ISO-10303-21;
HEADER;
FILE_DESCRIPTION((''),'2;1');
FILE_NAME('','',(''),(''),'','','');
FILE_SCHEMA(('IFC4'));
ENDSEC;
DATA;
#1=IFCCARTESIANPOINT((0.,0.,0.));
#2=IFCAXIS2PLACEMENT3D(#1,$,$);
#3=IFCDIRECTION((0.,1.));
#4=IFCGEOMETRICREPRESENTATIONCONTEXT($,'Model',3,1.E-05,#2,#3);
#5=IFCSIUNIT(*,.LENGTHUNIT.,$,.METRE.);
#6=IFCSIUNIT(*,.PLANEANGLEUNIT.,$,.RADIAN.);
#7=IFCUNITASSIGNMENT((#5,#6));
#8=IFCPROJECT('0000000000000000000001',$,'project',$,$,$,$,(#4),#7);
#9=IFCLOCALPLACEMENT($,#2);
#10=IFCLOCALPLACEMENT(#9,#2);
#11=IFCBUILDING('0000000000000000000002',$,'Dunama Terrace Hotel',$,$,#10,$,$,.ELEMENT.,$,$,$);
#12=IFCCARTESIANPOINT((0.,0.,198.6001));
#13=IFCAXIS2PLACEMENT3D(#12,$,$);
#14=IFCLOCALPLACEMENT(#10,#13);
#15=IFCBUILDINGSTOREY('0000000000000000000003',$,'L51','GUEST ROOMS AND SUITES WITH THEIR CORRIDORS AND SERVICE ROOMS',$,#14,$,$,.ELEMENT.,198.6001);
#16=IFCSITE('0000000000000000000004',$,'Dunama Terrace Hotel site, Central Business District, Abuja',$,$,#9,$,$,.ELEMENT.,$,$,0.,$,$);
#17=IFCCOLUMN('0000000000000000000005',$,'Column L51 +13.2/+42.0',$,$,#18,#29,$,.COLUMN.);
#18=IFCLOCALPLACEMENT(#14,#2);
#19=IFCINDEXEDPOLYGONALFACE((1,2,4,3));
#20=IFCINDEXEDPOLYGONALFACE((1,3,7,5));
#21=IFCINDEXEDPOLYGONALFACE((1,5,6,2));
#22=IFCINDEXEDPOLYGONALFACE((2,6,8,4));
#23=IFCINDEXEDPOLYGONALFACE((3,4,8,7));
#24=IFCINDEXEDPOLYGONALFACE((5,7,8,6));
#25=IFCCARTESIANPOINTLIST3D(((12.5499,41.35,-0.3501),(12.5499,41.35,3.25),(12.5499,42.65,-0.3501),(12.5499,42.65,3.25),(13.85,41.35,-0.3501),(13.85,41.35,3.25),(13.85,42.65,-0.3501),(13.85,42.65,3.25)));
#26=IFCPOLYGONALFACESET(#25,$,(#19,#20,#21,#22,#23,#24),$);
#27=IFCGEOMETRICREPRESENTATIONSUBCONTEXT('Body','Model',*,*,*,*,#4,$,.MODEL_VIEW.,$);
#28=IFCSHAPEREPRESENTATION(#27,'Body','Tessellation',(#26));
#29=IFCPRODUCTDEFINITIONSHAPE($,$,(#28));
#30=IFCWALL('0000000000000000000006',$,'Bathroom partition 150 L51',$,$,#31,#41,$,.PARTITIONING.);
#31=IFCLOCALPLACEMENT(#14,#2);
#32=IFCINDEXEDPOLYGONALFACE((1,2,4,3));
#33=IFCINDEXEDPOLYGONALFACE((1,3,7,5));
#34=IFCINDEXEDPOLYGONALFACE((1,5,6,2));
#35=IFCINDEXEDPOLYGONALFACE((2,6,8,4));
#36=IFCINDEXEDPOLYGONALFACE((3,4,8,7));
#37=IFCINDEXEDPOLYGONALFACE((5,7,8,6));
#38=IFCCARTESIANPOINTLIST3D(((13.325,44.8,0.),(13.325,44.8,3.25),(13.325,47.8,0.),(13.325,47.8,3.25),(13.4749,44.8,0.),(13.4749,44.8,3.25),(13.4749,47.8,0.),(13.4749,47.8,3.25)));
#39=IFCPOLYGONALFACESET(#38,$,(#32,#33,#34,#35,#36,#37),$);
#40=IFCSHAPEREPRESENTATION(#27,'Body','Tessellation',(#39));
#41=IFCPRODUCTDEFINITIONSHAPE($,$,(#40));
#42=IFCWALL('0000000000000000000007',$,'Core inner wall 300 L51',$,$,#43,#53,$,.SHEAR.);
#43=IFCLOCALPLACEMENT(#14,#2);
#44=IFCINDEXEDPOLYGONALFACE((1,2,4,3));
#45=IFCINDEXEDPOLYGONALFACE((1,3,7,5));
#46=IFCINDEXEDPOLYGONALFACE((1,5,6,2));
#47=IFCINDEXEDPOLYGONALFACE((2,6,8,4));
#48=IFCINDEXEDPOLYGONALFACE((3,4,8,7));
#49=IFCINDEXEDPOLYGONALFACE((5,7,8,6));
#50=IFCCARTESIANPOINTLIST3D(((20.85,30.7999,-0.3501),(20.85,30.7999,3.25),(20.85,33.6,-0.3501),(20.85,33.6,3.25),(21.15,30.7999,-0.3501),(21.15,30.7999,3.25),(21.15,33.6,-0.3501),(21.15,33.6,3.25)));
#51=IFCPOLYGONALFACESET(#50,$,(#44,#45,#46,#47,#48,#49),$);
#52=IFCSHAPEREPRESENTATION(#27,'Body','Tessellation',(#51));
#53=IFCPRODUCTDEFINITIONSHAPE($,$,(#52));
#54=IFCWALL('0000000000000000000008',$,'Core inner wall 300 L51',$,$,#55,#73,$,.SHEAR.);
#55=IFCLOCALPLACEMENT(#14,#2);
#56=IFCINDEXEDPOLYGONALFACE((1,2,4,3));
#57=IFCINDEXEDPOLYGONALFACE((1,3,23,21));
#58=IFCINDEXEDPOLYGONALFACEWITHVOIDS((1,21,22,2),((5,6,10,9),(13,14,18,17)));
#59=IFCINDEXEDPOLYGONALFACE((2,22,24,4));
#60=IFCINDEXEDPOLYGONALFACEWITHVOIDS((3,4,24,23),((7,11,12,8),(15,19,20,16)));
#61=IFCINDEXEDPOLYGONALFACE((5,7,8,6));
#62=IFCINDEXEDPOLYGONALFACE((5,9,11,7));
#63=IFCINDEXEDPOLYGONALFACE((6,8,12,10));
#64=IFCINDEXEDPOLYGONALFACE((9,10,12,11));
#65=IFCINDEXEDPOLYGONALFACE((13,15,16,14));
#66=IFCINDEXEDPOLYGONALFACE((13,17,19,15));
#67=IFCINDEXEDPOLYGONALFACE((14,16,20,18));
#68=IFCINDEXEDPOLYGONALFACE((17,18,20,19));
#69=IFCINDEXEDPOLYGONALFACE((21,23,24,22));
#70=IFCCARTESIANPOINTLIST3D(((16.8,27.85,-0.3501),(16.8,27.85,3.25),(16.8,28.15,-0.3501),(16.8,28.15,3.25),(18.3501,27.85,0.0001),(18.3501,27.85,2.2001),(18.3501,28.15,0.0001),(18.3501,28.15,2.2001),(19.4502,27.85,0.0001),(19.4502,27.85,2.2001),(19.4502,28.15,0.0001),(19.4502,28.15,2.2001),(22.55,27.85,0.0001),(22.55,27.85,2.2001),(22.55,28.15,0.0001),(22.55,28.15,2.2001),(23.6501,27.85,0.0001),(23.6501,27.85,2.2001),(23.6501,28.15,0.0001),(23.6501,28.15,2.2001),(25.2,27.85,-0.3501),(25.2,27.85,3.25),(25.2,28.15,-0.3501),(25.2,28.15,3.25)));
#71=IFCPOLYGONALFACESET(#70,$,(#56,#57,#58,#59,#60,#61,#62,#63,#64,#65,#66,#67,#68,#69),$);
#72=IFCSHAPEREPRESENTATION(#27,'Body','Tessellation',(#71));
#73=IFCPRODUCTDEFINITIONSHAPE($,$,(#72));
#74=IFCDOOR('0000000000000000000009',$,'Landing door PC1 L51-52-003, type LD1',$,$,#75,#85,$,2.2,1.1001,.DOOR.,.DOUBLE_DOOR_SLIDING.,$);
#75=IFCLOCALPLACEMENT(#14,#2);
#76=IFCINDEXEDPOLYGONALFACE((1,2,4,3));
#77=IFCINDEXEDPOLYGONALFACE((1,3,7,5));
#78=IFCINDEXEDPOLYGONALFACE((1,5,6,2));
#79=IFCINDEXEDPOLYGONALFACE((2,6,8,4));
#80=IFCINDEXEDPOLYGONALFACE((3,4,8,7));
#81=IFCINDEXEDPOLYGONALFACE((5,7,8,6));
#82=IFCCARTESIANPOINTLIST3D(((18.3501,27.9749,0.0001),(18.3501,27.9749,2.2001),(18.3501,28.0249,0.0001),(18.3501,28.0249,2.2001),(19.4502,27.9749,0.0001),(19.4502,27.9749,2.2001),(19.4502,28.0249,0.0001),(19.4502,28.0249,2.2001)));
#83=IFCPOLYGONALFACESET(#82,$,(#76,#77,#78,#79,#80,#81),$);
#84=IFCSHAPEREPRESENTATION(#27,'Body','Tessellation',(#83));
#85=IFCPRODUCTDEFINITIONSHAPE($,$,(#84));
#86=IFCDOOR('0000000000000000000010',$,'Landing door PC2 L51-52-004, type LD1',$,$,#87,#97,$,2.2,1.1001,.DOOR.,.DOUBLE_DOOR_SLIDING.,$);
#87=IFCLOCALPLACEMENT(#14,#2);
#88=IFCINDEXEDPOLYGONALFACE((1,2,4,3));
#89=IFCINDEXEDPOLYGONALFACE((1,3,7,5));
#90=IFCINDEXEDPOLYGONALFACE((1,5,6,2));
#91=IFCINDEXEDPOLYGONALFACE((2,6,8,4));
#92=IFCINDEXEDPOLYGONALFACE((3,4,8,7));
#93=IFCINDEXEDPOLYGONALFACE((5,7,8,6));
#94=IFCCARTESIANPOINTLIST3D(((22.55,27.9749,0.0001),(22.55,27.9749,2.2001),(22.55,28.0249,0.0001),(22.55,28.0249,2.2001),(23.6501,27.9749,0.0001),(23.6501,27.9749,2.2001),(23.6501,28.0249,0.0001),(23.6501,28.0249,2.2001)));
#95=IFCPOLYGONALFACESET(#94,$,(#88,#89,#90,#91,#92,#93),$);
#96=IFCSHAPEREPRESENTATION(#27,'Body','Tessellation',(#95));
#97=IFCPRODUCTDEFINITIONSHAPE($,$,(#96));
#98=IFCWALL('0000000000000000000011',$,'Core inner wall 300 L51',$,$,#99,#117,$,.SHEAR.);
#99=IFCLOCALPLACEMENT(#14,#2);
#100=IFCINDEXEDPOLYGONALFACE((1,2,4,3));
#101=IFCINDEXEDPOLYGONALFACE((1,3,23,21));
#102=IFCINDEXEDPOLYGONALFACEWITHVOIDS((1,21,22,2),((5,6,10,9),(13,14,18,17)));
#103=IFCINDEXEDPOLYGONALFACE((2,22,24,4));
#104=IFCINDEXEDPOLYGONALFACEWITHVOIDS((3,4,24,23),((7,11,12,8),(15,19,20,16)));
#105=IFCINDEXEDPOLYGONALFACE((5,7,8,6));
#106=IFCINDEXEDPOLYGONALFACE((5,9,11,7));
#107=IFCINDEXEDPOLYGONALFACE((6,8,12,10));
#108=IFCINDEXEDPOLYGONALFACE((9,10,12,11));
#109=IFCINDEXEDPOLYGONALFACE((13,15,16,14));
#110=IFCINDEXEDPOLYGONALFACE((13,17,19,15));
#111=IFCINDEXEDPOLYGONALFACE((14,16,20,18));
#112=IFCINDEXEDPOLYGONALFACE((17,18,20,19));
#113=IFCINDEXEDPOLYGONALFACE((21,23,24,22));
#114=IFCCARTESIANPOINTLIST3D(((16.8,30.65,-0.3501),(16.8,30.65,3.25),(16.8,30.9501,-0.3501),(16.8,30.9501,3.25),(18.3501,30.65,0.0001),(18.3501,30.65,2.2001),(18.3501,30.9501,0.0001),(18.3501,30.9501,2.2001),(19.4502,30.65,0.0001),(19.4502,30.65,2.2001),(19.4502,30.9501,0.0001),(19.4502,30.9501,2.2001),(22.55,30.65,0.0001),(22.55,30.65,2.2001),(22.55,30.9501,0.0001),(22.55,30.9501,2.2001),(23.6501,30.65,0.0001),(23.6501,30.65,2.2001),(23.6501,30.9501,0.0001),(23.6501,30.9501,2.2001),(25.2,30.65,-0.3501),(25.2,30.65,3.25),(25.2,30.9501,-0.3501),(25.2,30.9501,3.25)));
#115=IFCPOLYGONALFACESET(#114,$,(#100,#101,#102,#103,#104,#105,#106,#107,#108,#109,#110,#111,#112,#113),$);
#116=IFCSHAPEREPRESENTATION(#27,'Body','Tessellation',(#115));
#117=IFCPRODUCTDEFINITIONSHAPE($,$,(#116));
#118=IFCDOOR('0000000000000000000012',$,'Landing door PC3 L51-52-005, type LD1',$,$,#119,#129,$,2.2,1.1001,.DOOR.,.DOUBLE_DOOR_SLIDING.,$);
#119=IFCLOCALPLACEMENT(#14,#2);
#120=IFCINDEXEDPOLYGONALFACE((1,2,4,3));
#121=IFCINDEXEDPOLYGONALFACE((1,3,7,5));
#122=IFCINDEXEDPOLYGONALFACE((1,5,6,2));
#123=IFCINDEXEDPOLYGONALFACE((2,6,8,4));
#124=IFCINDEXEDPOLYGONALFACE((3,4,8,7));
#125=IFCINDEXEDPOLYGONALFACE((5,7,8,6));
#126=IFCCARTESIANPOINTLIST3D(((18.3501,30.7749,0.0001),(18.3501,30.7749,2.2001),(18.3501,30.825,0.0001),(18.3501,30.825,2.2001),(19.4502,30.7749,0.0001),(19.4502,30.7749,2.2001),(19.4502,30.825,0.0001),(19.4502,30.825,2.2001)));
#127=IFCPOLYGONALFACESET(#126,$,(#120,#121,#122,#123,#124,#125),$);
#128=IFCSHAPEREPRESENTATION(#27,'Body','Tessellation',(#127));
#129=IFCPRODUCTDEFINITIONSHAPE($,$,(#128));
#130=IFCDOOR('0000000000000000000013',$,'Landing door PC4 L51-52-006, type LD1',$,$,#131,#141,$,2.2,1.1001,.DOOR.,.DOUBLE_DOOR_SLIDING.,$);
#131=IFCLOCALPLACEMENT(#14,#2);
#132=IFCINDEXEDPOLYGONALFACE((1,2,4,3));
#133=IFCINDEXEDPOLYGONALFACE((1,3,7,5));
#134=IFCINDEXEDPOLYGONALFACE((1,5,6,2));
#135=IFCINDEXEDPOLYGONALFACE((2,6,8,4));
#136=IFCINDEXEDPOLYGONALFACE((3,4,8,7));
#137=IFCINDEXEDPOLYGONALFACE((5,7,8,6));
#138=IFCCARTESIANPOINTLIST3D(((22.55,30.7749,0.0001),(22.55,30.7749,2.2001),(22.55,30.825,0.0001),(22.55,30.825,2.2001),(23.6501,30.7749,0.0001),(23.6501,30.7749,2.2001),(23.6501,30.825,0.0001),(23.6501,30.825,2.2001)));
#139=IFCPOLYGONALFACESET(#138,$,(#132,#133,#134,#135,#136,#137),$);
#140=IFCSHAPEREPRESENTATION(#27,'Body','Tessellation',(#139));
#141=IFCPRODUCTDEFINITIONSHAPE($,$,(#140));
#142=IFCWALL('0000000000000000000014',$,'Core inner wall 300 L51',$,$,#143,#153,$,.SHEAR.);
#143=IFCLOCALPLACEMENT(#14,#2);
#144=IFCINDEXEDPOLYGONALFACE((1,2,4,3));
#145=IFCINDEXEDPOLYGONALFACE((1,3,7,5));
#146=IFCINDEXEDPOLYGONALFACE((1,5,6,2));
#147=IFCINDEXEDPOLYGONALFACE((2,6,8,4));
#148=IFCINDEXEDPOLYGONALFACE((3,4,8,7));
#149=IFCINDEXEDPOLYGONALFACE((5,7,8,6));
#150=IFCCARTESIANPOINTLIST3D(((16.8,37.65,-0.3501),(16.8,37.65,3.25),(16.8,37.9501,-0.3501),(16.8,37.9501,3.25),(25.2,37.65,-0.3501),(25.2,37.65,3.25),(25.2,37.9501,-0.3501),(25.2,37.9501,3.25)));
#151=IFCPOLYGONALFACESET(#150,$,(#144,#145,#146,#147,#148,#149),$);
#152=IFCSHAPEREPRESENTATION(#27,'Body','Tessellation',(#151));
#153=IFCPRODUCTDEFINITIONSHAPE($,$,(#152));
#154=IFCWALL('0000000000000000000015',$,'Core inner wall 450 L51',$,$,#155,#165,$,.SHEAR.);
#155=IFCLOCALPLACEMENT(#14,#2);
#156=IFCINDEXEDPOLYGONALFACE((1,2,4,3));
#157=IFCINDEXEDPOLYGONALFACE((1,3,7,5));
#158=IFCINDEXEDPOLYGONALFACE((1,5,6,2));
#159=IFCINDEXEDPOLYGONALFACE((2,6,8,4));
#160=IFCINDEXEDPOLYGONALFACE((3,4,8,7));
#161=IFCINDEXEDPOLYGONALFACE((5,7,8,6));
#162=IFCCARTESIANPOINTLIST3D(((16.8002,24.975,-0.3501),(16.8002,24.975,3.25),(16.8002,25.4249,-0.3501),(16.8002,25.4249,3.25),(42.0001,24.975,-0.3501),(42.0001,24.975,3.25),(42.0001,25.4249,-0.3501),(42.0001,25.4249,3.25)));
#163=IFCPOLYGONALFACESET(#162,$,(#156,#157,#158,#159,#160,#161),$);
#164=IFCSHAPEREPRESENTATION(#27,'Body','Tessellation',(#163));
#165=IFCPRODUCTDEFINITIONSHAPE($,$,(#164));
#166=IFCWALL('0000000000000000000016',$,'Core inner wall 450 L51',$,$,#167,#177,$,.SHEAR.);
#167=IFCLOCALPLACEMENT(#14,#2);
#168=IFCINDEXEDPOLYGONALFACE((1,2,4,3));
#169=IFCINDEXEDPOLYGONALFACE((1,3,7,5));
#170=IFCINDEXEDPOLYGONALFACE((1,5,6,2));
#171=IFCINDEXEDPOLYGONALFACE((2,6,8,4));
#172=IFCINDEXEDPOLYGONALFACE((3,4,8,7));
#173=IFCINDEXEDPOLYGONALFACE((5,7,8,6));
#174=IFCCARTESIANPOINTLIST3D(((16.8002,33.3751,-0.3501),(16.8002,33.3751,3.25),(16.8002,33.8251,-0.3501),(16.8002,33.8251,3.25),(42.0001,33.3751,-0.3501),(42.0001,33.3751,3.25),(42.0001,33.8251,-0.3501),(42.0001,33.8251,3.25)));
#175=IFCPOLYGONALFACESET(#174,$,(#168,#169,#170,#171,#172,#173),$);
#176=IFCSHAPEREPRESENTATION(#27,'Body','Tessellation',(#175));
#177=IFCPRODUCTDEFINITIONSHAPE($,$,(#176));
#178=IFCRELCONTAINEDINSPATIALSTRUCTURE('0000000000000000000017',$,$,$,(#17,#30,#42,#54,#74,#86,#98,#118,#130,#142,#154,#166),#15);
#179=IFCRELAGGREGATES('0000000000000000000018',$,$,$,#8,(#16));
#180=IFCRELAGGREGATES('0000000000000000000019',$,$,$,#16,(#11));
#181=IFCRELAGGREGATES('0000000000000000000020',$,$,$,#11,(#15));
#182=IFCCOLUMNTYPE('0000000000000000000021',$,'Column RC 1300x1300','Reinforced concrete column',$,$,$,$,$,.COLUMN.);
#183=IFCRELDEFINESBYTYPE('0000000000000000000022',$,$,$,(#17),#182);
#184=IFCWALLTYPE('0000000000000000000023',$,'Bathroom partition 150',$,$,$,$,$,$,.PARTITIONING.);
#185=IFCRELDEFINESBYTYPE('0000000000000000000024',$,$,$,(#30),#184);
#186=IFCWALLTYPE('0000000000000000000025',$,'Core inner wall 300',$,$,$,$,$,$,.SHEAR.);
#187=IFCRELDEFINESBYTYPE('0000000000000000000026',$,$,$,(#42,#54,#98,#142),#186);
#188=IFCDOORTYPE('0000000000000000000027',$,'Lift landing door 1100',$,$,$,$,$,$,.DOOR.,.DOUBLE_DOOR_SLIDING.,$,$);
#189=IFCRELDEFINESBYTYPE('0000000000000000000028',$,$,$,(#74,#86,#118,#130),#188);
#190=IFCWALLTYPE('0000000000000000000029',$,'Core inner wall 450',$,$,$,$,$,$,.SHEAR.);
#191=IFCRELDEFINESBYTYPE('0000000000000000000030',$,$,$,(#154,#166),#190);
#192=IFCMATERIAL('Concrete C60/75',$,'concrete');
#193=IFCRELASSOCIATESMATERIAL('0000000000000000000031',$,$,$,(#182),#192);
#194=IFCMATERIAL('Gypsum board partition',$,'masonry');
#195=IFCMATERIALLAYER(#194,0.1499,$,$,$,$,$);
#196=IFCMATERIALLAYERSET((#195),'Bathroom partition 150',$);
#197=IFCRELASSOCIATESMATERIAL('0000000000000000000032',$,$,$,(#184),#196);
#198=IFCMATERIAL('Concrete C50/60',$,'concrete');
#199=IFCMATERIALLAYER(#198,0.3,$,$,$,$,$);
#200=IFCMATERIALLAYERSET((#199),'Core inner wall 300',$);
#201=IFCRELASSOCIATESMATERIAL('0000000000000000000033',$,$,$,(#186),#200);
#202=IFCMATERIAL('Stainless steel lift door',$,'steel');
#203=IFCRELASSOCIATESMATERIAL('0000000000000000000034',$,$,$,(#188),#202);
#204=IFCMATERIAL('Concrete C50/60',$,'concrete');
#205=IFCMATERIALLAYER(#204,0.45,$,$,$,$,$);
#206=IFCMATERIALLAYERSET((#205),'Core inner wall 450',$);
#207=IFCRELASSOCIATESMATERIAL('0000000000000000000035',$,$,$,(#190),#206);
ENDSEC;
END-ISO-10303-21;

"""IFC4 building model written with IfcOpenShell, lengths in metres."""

from ifc_helpers import new_model, si_unit, direction, frame, frame_2d, origin, origin_2d, place, context, subcontext, project, spatial, rectangle, extrude, material, layer, layer_set, material_profile, profile_set, type_object, element, fill, save


model = new_model("IFC4")

# Units and contexts
model_context = context("Model", 3, precision=1e-05, world=origin(), true_north=direction((0.0, 1.0)))
body_context = subcontext(model_context, "Body", "Model", "MODEL_VIEW")
ifc_project = project(units=[si_unit("LENGTHUNIT", "METRE"), si_unit("PLANEANGLEUNIT", "RADIAN")], contexts=[model_context])

# Site, building, storey
site_placement = place(None, origin())
site = spatial("IfcSite", under=ifc_project, at=site_placement, Name="Dunama Terrace Hotel site, Central Business District, Abuja", CompositionType="ELEMENT", RefElevation=0.0)
building_placement = place(site_placement, origin())
building = spatial("IfcBuilding", under=site, at=building_placement, Name="Dunama Terrace Hotel", CompositionType="ELEMENT")
storey_placement = place(building_placement, frame((0.0, 0.0, 198.6001)))
storey = spatial("IfcBuildingStorey", under=building, at=storey_placement, Name="L51", Description="GUEST ROOMS AND SUITES WITH THEIR CORRIDORS AND SERVICE ROOMS", CompositionType="ELEMENT", Elevation=198.6001)

# Column
ifc_material_1 = material(Name="Concrete C60/75", Category="concrete")
ifc_material_profile = material_profile(ifc_material_1, rectangle(XDim=1.3, YDim=1.3, at=origin_2d()), Name="RC 1300x1300")
ifc_profile_set = profile_set([ifc_material_profile], Name="Concrete C60/75")
column_type = type_object("IfcColumnType", Name="Column RC 1300x1300", Description="Reinforced concrete column", PredefinedType="COLUMN", material=ifc_profile_set)
column_placement = place(storey_placement, frame((13.2, 42.0, -0.3501), z_axis=(0.0, 0.0, 1.0), x_axis=(1.0, 0.0, 0.0)))
element("IfcColumn", 1, at=column_placement, inside=storey, type_object=column_type, Name="Column L51 +13.2/+42.0", PredefinedType="COLUMN", context=body_context, shape_type="SweptSolid", body=[
    extrude(rectangle(XDim=1.3, YDim=1.3, at=origin_2d()), origin(), (0.0, 0.0, 1.0), 3.6001),
])

# Walls
ifc_material_2 = material(Name="Gypsum board partition", Category="masonry")
ifc_layer_1 = layer(ifc_material_2, 0.1499)
ifc_layer_set_1 = layer_set([ifc_layer_1], Name="Bathroom partition 150")
wall_type_1 = type_object("IfcWallType", Name="Bathroom partition 150", PredefinedType="PARTITIONING", material=ifc_layer_set_1)
wall_1_placement = place(storey_placement, frame((13.3999, 44.8, 0.0), z_axis=(0.0, 0.0, 1.0), x_axis=(0.0, 1.0, 0.0)))
element("IfcWall", 2, at=wall_1_placement, inside=storey, type_object=wall_type_1, Name="Bathroom partition 150 L51", PredefinedType="PARTITIONING", context=body_context, shape_type="SweptSolid", body=[
    extrude(rectangle(XDim=3.0, YDim=0.1499, at=frame_2d((1.5, 0.0))), origin(), (0.0, 0.0, 1.0), 3.25),
])
ifc_material_3 = material(Name="Concrete C50/60", Category="concrete")
ifc_layer_2 = layer(ifc_material_3, 0.3)
ifc_layer_set_2 = layer_set([ifc_layer_2], Name="Core inner wall 300")
wall_type_2 = type_object("IfcWallType", Name="Core inner wall 300", PredefinedType="SHEAR", material=ifc_layer_set_2)
wall_2_placement = place(storey_placement, frame((21.0, 30.8, -0.3501), z_axis=(0.0, 0.0, 1.0), x_axis=(0.0, 1.0, 0.0)))
element("IfcWall", 3, at=wall_2_placement, inside=storey, type_object=wall_type_2, Name="Core inner wall 300 L51", PredefinedType="SHEAR", context=body_context, shape_type="SweptSolid", body=[
    extrude(rectangle(XDim=2.8, YDim=0.3, at=frame_2d((1.3999, 0.0))), origin(), (0.0, 0.0, 1.0), 3.6001),
])

# Walls, openings, doors
wall_3_placement = place(storey_placement, frame((16.8, 28.0, -0.3501), z_axis=(0.0, 0.0, 1.0), x_axis=(1.0, 0.0, 0.0)))
wall_3 = element("IfcWall", 4, at=wall_3_placement, inside=storey, type_object=wall_type_2, Name="Core inner wall 300 L51", PredefinedType="SHEAR", context=body_context, shape_type="SweptSolid", body=[
    extrude(rectangle(XDim=8.3999, YDim=0.3, at=frame_2d((4.2, 0.0))), origin(), (0.0, 0.0, 1.0), 3.6001),
])
opening_1_placement = place(wall_3_placement, frame((1.55, 0.0, 0.3501)))
opening_1 = element("IfcOpeningElement", 5, at=opening_1_placement, cuts=wall_3, PredefinedType="OPENING", context=body_context, shape_type="SweptSolid", body=[
    extrude(rectangle(XDim=1.1001, YDim=2.2, at=frame_2d((0.55, 1.1001))), frame((0.0, 0.1599, 0.0), z_axis=(0.0, -1.0, 0.0), x_axis=(1.0, 0.0, 0.0)), (0.0, 0.0, 1.0), 0.3201),
])
opening_2_placement = place(wall_3_placement, frame((5.75, 0.0, 0.3501)))
opening_2 = element("IfcOpeningElement", 6, at=opening_2_placement, cuts=wall_3, PredefinedType="OPENING", context=body_context, shape_type="SweptSolid", body=[
    extrude(rectangle(XDim=1.1001, YDim=2.2, at=frame_2d((0.55, 1.1001))), frame((0.0, 0.1599, 0.0), z_axis=(0.0, -1.0, 0.0), x_axis=(1.0, 0.0, 0.0)), (0.0, 0.0, 1.0), 0.3201),
])
ifc_material_4 = material(Name="Stainless steel lift door", Category="steel")
door_type_1 = type_object("IfcDoorType", Name="Lift landing door 1100", OperationType="DOUBLE_DOOR_SLIDING", PredefinedType="DOOR", material=ifc_material_4)
door_1_placement = place(opening_1_placement, origin())
door_1 = element("IfcDoor", 7, at=door_1_placement, inside=storey, type_object=door_type_1, Name="Landing door PC1 L51-52-003, type LD1", OperationType="DOUBLE_DOOR_SLIDING", OverallHeight=2.2, OverallWidth=1.1001, PredefinedType="DOOR", context=body_context, shape_type="SweptSolid", body=[
    extrude(rectangle(XDim=1.1001, YDim=2.2, at=frame_2d((0.55, 1.1001))), frame((0.0, 0.0249, 0.0), z_axis=(0.0, -1.0, 0.0), x_axis=(1.0, 0.0, 0.0)), (0.0, 0.0, 1.0), 0.05),
])
fill(opening_1, door_1)
door_2_placement = place(opening_2_placement, origin())
door_2 = element("IfcDoor", 8, at=door_2_placement, inside=storey, type_object=door_type_1, Name="Landing door PC2 L51-52-004, type LD1", OperationType="DOUBLE_DOOR_SLIDING", OverallHeight=2.2, OverallWidth=1.1001, PredefinedType="DOOR", context=body_context, shape_type="SweptSolid", body=[
    extrude(rectangle(XDim=1.1001, YDim=2.2, at=frame_2d((0.55, 1.1001))), frame((0.0, 0.0249, 0.0), z_axis=(0.0, -1.0, 0.0), x_axis=(1.0, 0.0, 0.0)), (0.0, 0.0, 1.0), 0.05),
])
fill(opening_2, door_2)
wall_4_placement = place(storey_placement, frame((16.8, 30.8, -0.3501), z_axis=(0.0, 0.0, 1.0), x_axis=(1.0, 0.0, 0.0)))
wall_4 = element("IfcWall", 9, at=wall_4_placement, inside=storey, type_object=wall_type_2, Name="Core inner wall 300 L51", PredefinedType="SHEAR", context=body_context, shape_type="SweptSolid", body=[
    extrude(rectangle(XDim=8.3999, YDim=0.3, at=frame_2d((4.2, 0.0))), origin(), (0.0, 0.0, 1.0), 3.6001),
])
opening_3_placement = place(wall_4_placement, frame((1.55, 0.0, 0.3501)))
opening_3 = element("IfcOpeningElement", 10, at=opening_3_placement, cuts=wall_4, PredefinedType="OPENING", context=body_context, shape_type="SweptSolid", body=[
    extrude(rectangle(XDim=1.1001, YDim=2.2, at=frame_2d((0.55, 1.1001))), frame((0.0, 0.1599, 0.0), z_axis=(0.0, -1.0, 0.0), x_axis=(1.0, 0.0, 0.0)), (0.0, 0.0, 1.0), 0.3201),
])
opening_4_placement = place(wall_4_placement, frame((5.75, 0.0, 0.3501)))
opening_4 = element("IfcOpeningElement", 11, at=opening_4_placement, cuts=wall_4, PredefinedType="OPENING", context=body_context, shape_type="SweptSolid", body=[
    extrude(rectangle(XDim=1.1001, YDim=2.2, at=frame_2d((0.55, 1.1001))), frame((0.0, 0.1599, 0.0), z_axis=(0.0, -1.0, 0.0), x_axis=(1.0, 0.0, 0.0)), (0.0, 0.0, 1.0), 0.3201),
])
door_3_placement = place(opening_3_placement, origin())
door_3 = element("IfcDoor", 12, at=door_3_placement, inside=storey, type_object=door_type_1, Name="Landing door PC3 L51-52-005, type LD1", OperationType="DOUBLE_DOOR_SLIDING", OverallHeight=2.2, OverallWidth=1.1001, PredefinedType="DOOR", context=body_context, shape_type="SweptSolid", body=[
    extrude(rectangle(XDim=1.1001, YDim=2.2, at=frame_2d((0.55, 1.1001))), frame((0.0, 0.0249, 0.0), z_axis=(0.0, -1.0, 0.0), x_axis=(1.0, 0.0, 0.0)), (0.0, 0.0, 1.0), 0.05),
])
fill(opening_3, door_3)
door_4_placement = place(opening_4_placement, origin())
door_4 = element("IfcDoor", 13, at=door_4_placement, inside=storey, type_object=door_type_1, Name="Landing door PC4 L51-52-006, type LD1", OperationType="DOUBLE_DOOR_SLIDING", OverallHeight=2.2, OverallWidth=1.1001, PredefinedType="DOOR", context=body_context, shape_type="SweptSolid", body=[
    extrude(rectangle(XDim=1.1001, YDim=2.2, at=frame_2d((0.55, 1.1001))), frame((0.0, 0.0249, 0.0), z_axis=(0.0, -1.0, 0.0), x_axis=(1.0, 0.0, 0.0)), (0.0, 0.0, 1.0), 0.05),
])
fill(opening_4, door_4)

# Walls
wall_5_placement = place(storey_placement, frame((16.8, 37.8, -0.3501), z_axis=(0.0, 0.0, 1.0), x_axis=(1.0, 0.0, 0.0)))
element("IfcWall", 14, at=wall_5_placement, inside=storey, type_object=wall_type_2, Name="Core inner wall 300 L51", PredefinedType="SHEAR", context=body_context, shape_type="SweptSolid", body=[
    extrude(rectangle(XDim=8.3999, YDim=0.3, at=frame_2d((4.2, 0.0))), origin(), (0.0, 0.0, 1.0), 3.6001),
])
ifc_material_5 = material(Name="Concrete C50/60", Category="concrete")
ifc_layer_3 = layer(ifc_material_5, 0.45)
ifc_layer_set_3 = layer_set([ifc_layer_3], Name="Core inner wall 450")
wall_type_3 = type_object("IfcWallType", Name="Core inner wall 450", PredefinedType="SHEAR", material=ifc_layer_set_3)
for number, where, z_axis, x_axis, name in (
    (15, (16.8, 25.2, -0.3501), (0.0, 0.0, 1.0), (1.0, 0.0, 0.0), "Core inner wall 450 L51"),
    (16, (16.8, 33.6001, -0.3501), (0.0, 0.0, 1.0), (1.0, 0.0, 0.0), "Core inner wall 450 L51"),
):
    element("IfcWall", number, at=place(storey_placement, frame(where, z_axis=z_axis, x_axis=x_axis)), inside=storey, type_object=wall_type_3, Name=name, PredefinedType="SHEAR", context=body_context, shape_type="SweptSolid", body=[
        extrude(rectangle(XDim=25.2, YDim=0.45, at=frame_2d((12.6001, 0.0))), origin(), (0.0, 0.0, 1.0), 3.6001),
    ])

save(model, "model.ifc")
